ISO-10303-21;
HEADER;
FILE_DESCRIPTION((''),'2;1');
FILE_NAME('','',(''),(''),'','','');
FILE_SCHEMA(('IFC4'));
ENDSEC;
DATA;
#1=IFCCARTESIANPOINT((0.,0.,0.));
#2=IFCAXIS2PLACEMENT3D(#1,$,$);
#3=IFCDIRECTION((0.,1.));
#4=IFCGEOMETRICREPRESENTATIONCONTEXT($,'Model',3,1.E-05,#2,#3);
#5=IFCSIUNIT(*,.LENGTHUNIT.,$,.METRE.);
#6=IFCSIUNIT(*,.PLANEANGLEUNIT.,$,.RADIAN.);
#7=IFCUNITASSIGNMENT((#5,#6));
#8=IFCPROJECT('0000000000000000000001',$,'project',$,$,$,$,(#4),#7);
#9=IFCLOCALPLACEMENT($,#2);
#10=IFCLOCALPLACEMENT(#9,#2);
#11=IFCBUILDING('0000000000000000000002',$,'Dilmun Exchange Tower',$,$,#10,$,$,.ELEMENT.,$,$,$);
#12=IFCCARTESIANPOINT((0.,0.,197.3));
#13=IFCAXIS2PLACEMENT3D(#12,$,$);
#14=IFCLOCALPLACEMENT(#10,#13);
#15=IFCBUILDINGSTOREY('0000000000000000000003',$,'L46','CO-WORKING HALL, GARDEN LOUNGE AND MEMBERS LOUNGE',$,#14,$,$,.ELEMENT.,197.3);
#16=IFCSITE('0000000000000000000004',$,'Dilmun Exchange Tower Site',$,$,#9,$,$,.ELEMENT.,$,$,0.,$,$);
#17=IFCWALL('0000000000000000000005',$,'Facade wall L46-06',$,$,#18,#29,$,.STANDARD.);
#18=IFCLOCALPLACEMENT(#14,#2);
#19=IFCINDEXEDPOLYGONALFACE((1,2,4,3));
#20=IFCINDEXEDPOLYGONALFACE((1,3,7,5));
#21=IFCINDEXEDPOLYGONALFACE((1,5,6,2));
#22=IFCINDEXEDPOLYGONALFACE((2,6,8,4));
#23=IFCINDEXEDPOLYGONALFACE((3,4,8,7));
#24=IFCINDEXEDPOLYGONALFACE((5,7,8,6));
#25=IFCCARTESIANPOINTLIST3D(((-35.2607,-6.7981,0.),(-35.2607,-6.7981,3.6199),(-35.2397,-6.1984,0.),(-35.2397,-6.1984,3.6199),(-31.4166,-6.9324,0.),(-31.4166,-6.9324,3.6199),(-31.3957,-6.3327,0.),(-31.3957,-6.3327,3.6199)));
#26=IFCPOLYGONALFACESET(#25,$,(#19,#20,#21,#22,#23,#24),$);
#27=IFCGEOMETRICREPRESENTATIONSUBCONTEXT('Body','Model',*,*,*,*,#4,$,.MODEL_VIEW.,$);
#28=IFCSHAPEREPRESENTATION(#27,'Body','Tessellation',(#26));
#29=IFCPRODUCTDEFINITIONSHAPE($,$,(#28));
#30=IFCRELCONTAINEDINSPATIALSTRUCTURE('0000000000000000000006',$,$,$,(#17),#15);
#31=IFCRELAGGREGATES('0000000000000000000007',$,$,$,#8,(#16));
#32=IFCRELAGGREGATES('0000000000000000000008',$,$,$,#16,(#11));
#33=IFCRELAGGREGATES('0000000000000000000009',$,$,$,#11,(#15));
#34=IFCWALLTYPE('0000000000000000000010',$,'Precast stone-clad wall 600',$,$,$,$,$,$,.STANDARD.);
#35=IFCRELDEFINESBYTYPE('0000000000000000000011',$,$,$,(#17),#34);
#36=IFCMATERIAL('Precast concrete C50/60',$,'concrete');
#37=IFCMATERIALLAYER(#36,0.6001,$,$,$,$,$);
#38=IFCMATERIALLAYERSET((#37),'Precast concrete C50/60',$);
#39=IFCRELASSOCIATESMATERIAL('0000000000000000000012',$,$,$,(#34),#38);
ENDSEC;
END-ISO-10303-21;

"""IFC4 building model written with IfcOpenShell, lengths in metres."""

from ifc_helpers import new_model, si_unit, direction, frame, frame_2d, origin, place, context, subcontext, project, spatial, rectangle, extrude, material, layer, layer_set, type_object, element, save


model = new_model("IFC4")

# Units and contexts
model_context = context("Model", 3, precision=1e-05, world=origin(), true_north=direction((0.0, 1.0)))
body_context = subcontext(model_context, "Body", "Model", "MODEL_VIEW")
ifc_project = project(units=[si_unit("LENGTHUNIT", "METRE"), si_unit("PLANEANGLEUNIT", "RADIAN")], contexts=[model_context])

# Site, building, storey
site_placement = place(None, origin())
site = spatial("IfcSite", under=ifc_project, at=site_placement, Name="Dilmun Exchange Tower Site", CompositionType="ELEMENT", RefElevation=0.0)
building_placement = place(site_placement, origin())
building = spatial("IfcBuilding", under=site, at=building_placement, Name="Dilmun Exchange Tower", CompositionType="ELEMENT")
storey_placement = place(building_placement, frame((0.0, 0.0, 197.3)))
storey = spatial("IfcBuildingStorey", under=building, at=storey_placement, Name="L46", Description="CO-WORKING HALL, GARDEN LOUNGE AND MEMBERS LOUNGE", CompositionType="ELEMENT", Elevation=197.3)

# Wall
ifc_material_1 = material(Name="Precast concrete C50/60", Category="concrete")
ifc_layer_1 = layer(ifc_material_1, 0.6001)
ifc_layer_set_1 = layer_set([ifc_layer_1], Name="Precast concrete C50/60")
wall_type_1 = type_object("IfcWallType", Name="Precast stone-clad wall 600", PredefinedType="STANDARD", material=ifc_layer_set_1)
wall_1_placement = place(storey_placement, frame((-31.406, -6.6326, 0.0), z_axis=(0.0, 0.0, 1.0), x_axis=(-0.99939, 0.03491, 0.0)))
element("IfcWall", 1, at=wall_1_placement, inside=storey, type_object=wall_type_1, Name="Facade wall L46-06", PredefinedType="STANDARD", context=body_context, shape_type="SweptSolid", body=[
    extrude(rectangle(XDim=3.8464, YDim=0.6001, at=frame_2d((1.9233, 0.0))), origin(), (0.0, 0.0, 1.0), 3.6199),
])

save(model, "model.ifc")
